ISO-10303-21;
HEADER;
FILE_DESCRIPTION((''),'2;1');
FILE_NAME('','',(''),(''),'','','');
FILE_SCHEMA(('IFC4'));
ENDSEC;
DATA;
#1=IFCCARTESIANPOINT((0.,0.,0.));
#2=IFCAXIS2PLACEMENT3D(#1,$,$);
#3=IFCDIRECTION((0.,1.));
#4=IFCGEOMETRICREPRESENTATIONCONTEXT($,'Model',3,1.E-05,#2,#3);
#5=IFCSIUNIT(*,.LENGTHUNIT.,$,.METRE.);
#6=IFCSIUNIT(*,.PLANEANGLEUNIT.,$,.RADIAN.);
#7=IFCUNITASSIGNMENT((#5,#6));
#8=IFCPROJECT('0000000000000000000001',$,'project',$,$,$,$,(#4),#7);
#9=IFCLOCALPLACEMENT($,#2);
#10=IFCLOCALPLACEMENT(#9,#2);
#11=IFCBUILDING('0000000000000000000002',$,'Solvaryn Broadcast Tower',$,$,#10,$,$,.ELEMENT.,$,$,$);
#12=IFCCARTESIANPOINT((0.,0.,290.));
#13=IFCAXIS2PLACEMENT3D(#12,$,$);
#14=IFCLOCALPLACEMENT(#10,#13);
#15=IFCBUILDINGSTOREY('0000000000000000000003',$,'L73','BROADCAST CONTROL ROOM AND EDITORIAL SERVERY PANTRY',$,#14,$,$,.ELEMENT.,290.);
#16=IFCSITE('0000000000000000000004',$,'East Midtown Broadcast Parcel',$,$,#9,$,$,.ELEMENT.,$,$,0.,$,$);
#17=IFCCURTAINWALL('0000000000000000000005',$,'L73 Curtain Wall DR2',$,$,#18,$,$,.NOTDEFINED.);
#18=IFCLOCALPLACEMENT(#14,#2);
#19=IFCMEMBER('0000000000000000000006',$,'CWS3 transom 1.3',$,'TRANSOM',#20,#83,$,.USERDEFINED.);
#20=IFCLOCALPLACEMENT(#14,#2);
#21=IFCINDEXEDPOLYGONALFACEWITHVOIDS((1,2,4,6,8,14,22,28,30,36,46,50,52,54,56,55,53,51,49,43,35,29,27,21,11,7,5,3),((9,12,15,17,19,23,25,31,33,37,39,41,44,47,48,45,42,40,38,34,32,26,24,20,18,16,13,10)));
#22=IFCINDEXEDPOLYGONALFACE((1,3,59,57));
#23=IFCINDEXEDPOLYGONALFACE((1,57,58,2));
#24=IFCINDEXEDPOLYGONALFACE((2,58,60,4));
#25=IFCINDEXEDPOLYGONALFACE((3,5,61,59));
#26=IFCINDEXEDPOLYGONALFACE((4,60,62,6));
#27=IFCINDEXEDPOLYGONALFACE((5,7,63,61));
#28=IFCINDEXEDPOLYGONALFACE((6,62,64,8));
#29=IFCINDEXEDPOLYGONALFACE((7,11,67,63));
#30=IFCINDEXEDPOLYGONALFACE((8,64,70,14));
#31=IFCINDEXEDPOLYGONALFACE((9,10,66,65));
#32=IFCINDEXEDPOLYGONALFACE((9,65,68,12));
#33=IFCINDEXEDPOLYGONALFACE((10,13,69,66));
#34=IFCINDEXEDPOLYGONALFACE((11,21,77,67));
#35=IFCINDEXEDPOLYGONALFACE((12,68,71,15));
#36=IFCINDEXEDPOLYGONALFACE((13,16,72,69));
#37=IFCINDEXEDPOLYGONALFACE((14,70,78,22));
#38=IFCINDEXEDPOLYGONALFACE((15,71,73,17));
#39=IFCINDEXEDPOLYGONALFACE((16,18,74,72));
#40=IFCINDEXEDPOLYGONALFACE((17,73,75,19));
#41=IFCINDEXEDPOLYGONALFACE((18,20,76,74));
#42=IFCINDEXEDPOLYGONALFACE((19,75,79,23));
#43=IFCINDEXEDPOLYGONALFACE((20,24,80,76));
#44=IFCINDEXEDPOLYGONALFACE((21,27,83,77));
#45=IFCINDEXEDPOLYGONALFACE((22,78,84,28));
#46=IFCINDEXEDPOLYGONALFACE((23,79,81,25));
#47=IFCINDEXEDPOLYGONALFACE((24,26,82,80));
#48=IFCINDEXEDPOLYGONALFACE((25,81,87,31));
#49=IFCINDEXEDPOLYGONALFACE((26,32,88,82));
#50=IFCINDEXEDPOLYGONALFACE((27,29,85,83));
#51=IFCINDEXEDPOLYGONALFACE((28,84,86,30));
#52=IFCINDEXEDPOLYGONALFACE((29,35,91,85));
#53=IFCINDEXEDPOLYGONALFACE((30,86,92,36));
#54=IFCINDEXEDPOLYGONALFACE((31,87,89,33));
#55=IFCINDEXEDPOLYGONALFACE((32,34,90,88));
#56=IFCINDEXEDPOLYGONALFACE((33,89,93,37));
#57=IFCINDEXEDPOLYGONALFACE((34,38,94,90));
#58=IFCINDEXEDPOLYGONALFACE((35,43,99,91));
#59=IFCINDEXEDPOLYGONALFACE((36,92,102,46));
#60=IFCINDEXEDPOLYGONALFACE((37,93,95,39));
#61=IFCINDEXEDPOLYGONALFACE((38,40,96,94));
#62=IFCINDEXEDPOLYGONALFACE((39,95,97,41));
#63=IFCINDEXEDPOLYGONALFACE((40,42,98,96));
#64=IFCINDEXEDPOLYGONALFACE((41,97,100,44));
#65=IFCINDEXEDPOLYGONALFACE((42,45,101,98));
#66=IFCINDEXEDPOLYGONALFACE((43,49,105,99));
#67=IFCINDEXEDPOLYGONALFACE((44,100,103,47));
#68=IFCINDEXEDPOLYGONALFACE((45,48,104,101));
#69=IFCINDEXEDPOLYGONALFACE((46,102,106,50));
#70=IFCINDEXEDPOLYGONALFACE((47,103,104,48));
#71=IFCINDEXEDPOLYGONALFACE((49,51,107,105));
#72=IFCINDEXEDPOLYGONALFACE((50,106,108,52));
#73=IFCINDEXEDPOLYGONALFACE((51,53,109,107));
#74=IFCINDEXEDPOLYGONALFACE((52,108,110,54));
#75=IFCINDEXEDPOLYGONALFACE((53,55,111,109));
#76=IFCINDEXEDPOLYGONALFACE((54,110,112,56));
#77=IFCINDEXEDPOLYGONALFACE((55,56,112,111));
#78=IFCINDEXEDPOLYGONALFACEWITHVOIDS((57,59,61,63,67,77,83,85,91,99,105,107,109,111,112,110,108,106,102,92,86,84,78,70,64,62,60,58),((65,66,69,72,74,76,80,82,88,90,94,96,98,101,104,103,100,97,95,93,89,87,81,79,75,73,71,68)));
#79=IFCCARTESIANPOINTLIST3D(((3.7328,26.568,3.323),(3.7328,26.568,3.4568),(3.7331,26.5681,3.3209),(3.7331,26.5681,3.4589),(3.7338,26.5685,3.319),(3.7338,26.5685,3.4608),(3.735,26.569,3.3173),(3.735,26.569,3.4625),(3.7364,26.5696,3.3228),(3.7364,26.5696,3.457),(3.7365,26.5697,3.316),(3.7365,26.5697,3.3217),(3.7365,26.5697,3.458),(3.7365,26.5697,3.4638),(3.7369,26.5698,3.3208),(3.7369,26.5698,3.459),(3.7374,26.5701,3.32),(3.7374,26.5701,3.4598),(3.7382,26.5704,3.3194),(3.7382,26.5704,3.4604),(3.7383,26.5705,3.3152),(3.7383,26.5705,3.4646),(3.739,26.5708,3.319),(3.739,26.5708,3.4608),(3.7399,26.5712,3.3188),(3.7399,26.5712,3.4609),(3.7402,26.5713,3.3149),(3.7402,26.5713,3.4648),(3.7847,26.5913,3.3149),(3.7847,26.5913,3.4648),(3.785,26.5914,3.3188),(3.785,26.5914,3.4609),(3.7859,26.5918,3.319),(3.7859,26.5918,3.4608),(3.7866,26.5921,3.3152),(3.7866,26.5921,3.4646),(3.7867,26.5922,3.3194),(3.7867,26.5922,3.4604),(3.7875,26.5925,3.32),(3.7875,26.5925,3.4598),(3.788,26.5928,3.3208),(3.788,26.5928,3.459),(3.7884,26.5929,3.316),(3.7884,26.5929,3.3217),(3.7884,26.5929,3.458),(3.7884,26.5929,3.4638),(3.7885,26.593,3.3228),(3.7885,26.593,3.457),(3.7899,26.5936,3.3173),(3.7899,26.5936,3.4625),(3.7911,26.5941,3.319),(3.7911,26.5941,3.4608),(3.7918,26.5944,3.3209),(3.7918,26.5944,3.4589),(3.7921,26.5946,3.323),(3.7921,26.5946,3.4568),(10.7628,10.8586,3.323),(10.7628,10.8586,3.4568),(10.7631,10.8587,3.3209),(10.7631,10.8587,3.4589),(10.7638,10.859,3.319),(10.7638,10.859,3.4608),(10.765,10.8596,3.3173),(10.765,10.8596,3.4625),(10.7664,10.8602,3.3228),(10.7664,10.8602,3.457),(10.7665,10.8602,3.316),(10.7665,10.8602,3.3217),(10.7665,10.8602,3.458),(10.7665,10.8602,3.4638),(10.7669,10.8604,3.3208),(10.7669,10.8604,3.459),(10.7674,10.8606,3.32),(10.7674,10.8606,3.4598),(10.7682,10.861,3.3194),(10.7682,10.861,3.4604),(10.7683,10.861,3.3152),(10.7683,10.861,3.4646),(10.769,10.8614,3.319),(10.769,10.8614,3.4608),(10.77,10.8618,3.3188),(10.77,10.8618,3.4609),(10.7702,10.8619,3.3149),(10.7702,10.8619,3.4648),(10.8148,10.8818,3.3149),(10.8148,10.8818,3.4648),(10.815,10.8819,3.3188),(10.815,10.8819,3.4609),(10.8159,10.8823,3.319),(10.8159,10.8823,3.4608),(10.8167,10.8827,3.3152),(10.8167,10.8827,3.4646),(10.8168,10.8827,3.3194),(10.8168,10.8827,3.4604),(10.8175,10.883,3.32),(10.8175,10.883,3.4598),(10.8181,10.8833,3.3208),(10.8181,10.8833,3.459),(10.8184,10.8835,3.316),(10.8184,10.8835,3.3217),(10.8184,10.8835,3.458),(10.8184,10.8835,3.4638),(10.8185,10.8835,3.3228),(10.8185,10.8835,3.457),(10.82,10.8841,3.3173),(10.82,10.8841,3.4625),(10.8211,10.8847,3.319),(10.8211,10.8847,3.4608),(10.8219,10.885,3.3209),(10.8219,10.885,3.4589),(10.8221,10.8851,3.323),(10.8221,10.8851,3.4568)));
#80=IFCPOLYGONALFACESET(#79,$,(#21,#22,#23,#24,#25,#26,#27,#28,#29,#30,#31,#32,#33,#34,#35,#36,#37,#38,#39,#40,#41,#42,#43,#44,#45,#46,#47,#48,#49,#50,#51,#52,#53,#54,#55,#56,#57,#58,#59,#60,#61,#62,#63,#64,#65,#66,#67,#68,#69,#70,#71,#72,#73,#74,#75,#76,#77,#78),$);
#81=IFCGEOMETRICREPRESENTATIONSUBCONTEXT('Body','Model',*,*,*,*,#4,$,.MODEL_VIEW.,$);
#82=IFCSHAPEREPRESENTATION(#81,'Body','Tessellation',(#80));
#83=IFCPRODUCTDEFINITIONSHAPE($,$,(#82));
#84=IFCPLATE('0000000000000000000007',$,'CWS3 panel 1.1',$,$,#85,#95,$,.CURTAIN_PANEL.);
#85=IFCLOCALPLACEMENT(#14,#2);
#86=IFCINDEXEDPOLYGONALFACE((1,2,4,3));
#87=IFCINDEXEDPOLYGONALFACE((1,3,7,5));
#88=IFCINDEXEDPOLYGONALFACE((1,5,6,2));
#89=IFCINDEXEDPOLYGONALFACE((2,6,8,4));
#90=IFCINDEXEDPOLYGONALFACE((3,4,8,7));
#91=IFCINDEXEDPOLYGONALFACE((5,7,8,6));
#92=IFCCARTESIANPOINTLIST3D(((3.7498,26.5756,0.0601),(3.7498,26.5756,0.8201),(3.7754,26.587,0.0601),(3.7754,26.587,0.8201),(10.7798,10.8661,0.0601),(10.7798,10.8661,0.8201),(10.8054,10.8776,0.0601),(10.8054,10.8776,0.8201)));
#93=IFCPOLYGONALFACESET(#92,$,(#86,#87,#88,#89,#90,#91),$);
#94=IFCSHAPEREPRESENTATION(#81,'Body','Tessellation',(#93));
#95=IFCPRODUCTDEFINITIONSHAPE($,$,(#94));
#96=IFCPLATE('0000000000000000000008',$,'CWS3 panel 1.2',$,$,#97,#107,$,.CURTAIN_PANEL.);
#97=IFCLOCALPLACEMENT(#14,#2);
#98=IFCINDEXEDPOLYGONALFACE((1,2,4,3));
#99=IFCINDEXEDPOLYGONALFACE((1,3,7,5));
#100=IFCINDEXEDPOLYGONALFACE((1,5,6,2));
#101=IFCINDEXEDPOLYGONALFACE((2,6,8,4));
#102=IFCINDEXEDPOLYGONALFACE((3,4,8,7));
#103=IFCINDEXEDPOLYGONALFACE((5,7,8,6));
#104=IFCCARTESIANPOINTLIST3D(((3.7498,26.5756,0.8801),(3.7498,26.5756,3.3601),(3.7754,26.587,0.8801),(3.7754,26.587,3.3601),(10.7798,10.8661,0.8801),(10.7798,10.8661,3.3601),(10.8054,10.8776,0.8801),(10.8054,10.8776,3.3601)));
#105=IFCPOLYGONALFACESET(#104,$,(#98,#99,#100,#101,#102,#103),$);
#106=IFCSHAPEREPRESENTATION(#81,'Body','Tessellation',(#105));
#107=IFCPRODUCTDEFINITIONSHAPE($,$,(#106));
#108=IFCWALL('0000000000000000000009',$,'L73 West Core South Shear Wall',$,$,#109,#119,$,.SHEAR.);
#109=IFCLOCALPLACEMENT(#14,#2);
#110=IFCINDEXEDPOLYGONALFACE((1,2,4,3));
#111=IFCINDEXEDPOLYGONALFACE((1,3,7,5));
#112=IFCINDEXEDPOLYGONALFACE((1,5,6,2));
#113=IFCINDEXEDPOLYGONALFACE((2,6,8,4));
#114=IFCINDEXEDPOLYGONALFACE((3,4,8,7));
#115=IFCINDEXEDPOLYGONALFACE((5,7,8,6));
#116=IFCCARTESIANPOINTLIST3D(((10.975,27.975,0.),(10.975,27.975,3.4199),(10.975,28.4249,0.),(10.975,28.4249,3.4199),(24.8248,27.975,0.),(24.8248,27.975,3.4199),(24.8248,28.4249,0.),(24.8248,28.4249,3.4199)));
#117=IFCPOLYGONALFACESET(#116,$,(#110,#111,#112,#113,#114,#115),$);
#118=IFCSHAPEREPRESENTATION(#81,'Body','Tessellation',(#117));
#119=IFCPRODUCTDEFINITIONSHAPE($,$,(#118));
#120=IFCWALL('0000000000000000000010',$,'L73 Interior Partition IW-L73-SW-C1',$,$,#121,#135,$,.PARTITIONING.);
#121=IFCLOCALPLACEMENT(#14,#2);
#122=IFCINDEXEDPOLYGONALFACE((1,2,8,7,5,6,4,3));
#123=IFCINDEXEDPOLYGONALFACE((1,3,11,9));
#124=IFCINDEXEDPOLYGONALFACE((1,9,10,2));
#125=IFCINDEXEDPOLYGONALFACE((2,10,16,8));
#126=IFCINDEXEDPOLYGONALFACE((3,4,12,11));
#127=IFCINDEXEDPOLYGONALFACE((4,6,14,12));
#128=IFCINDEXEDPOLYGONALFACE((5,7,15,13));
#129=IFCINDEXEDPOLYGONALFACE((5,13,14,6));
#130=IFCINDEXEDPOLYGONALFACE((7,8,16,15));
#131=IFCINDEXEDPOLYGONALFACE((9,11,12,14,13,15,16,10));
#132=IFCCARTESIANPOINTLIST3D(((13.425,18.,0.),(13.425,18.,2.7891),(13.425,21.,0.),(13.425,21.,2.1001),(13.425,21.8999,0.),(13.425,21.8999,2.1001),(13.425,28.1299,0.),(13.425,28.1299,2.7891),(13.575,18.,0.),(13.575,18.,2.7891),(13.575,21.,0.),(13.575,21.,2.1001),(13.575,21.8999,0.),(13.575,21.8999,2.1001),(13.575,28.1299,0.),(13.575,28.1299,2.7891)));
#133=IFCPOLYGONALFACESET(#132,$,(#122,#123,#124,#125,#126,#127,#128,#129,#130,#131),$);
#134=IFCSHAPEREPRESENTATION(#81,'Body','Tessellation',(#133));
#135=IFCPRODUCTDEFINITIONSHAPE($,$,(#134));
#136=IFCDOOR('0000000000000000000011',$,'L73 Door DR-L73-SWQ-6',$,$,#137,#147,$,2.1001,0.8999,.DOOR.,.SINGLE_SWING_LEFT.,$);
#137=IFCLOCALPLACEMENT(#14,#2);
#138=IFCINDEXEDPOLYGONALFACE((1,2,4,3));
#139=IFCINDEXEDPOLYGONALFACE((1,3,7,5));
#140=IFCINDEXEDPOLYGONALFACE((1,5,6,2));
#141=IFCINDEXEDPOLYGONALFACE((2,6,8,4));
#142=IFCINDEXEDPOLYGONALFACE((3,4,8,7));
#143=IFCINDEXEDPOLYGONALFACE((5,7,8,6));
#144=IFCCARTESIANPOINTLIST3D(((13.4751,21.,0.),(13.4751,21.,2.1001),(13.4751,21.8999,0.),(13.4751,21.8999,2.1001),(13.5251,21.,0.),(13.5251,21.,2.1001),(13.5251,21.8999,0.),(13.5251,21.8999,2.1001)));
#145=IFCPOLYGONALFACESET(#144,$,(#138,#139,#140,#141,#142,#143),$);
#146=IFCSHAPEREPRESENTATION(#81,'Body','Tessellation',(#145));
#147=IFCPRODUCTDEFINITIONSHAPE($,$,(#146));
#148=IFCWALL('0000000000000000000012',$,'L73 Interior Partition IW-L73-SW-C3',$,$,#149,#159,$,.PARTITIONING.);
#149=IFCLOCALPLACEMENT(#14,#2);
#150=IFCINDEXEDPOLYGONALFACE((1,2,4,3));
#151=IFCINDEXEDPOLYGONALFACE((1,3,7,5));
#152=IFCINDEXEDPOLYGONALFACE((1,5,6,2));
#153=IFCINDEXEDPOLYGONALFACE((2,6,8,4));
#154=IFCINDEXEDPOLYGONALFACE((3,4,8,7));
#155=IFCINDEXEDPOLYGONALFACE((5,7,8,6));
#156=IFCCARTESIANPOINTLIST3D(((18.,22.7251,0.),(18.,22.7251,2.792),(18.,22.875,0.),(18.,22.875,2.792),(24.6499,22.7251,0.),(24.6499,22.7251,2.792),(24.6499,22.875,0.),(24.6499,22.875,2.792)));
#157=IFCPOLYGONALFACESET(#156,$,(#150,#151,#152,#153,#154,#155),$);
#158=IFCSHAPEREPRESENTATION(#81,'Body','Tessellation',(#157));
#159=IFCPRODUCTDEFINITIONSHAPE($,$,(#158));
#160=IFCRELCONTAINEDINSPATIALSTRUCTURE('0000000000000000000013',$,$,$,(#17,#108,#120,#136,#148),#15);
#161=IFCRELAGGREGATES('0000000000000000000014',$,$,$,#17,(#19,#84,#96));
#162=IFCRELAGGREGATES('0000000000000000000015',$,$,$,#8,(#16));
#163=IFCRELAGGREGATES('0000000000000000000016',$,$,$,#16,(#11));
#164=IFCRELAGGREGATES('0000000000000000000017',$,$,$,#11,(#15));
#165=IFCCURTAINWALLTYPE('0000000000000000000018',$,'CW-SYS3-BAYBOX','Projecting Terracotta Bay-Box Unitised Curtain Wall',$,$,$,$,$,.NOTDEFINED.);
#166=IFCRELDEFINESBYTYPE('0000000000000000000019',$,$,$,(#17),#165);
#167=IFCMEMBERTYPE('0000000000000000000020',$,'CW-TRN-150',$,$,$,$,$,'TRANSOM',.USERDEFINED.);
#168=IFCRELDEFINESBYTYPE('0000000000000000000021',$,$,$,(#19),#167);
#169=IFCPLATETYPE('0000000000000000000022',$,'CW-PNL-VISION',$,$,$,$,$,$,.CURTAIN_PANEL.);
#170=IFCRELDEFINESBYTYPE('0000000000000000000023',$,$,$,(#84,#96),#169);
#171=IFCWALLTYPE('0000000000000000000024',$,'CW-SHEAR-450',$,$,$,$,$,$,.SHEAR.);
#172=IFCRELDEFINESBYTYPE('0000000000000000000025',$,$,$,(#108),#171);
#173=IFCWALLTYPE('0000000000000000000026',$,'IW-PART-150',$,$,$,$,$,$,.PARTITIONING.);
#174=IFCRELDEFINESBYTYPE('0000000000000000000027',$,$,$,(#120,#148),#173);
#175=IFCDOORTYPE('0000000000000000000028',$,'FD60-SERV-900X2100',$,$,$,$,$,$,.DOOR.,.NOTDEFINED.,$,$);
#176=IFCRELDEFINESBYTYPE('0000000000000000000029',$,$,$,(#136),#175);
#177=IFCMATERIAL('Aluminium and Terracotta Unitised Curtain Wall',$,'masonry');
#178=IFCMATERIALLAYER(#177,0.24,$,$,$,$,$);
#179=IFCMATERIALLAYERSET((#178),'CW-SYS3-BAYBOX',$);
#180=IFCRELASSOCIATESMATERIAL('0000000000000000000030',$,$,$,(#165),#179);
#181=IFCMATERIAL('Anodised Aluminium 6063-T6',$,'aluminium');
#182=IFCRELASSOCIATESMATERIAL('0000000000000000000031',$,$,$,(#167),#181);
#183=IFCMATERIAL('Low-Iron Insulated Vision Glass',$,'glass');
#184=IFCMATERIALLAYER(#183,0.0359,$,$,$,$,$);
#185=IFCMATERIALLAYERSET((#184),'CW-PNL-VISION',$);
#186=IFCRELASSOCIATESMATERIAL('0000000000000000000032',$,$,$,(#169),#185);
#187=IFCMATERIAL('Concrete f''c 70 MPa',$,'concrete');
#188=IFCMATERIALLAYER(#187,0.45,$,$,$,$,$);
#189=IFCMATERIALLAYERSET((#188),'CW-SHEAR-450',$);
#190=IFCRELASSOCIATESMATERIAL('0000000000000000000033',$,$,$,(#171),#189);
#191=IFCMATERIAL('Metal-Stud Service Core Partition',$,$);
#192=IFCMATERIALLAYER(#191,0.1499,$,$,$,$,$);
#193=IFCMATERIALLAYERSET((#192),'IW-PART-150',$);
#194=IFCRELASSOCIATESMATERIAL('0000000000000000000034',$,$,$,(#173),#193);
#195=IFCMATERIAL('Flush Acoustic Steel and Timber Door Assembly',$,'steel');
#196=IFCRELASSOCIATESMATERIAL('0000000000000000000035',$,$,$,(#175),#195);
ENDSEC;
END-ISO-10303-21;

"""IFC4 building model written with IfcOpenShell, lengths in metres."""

from ifc_helpers import new_model, si_unit, direction, frame, frame_2d, origin, origin_2d, place, context, subcontext, project, spatial, rectangle, hollow_rectangle, extrude, material, layer, layer_set, material_profile, profile_set, type_object, element, fill, aggregate, save


model = new_model("IFC4")

# Units and contexts
model_context = context("Model", 3, precision=1e-05, world=origin(), true_north=direction((0.0, 1.0)))
body_context = subcontext(model_context, "Body", "Model", "MODEL_VIEW")
ifc_project = project(units=[si_unit("LENGTHUNIT", "METRE"), si_unit("PLANEANGLEUNIT", "RADIAN")], contexts=[model_context])

# Site, building, storey
site_placement = place(None, origin())
site = spatial("IfcSite", under=ifc_project, at=site_placement, Name="East Midtown Broadcast Parcel", CompositionType="ELEMENT", RefElevation=0.0)
building_placement = place(site_placement, origin())
building = spatial("IfcBuilding", under=site, at=building_placement, Name="Solvaryn Broadcast Tower", CompositionType="ELEMENT")
storey_placement = place(building_placement, frame((0.0, 0.0, 290.0)))
storey = spatial("IfcBuildingStorey", under=building, at=storey_placement, Name="L73", Description="BROADCAST CONTROL ROOM AND EDITORIAL SERVERY PANTRY", CompositionType="ELEMENT", Elevation=290.0)

# Curtain wall, member, plates
ifc_material_1 = material(Name="Aluminium and Terracotta Unitised Curtain Wall", Category="masonry")
ifc_layer_1 = layer(ifc_material_1, 0.24)
ifc_layer_set_1 = layer_set([ifc_layer_1], Name="CW-SYS3-BAYBOX")
curtain_wall_type_1 = type_object("IfcCurtainWallType", Name="CW-SYS3-BAYBOX", Description="Projecting Terracotta Bay-Box Unitised Curtain Wall", PredefinedType="NOTDEFINED", material=ifc_layer_set_1)
curtain_wall_1_placement = place(storey_placement, origin())
curtain_wall_1 = element("IfcCurtainWall", 1, at=curtain_wall_1_placement, inside=storey, type_object=curtain_wall_type_1, Name="L73 Curtain Wall DR2", PredefinedType="NOTDEFINED")
ifc_material_2 = material(Name="Anodised Aluminium 6063-T6", Category="aluminium")
ifc_material_profile_1 = material_profile(ifc_material_2, hollow_rectangle(XDim=0.0649, YDim=0.1499, WallThickness=0.0039, InnerFilletRadius=0.0039, OuterFilletRadius=0.0081, at=origin_2d()))
ifc_profile_set_1 = profile_set([ifc_material_profile_1], Name="Anodised Aluminium 6063-T6")
member_type_1 = type_object("IfcMemberType", Name="CW-TRN-150", ElementType="TRANSOM", PredefinedType="USERDEFINED", material=ifc_profile_set_1)
member_1_placement = place(storey_placement, frame((3.7625, 26.5813, 3.3899), z_axis=(0.408468, -0.912773, 0.0), x_axis=(0.912773, 0.408468, 0.0)))
member_1 = element("IfcMember", 2, at=member_1_placement, type_object=member_type_1, Name="CWS3 transom 1.3", ObjectType="TRANSOM", PredefinedType="USERDEFINED", context=body_context, shape_type="SweptSolid", body=[
    extrude(hollow_rectangle(XDim=0.0649, YDim=0.1499, WallThickness=0.0039, InnerFilletRadius=0.0039, OuterFilletRadius=0.0081, at=origin_2d()), origin(), (0.0, 0.0, 1.0), 17.2107),
])
ifc_material_3 = material(Name="Low-Iron Insulated Vision Glass", Category="glass")
ifc_layer_2 = layer(ifc_material_3, 0.0359)
ifc_layer_set_2 = layer_set([ifc_layer_2], Name="CW-PNL-VISION")
plate_type = type_object("IfcPlateType", Name="CW-PNL-VISION", PredefinedType="CURTAIN_PANEL", material=ifc_layer_set_2)
plate_1_placement = place(storey_placement, frame((7.2776, 18.7266, 0.0601), z_axis=(0.0, 0.0, 1.0), x_axis=(0.408466, -0.912774, 0.0)))
plate_1 = element("IfcPlate", 3, at=plate_1_placement, type_object=plate_type, Name="CWS3 panel 1.1", PredefinedType="CURTAIN_PANEL", context=body_context, shape_type="SweptSolid", body=[
    extrude(rectangle(XDim=17.2107, YDim=0.0281, at=origin_2d()), origin(), (0.0, 0.0, 1.0), 0.76),
])
plate_2_placement = place(storey_placement, frame((7.2776, 18.7266, 0.8801), z_axis=(0.0, 0.0, 1.0), x_axis=(0.408466, -0.912774, 0.0)))
plate_2 = element("IfcPlate", 4, at=plate_2_placement, type_object=plate_type, Name="CWS3 panel 1.2", PredefinedType="CURTAIN_PANEL", context=body_context, shape_type="SweptSolid", body=[
    extrude(rectangle(XDim=17.2107, YDim=0.0281, at=origin_2d()), origin(), (0.0, 0.0, 1.0), 2.48),
])
aggregate(curtain_wall_1, [member_1, plate_1, plate_2])

# Wall
ifc_material_4 = material(Name="Concrete f'c 70 MPa", Category="concrete")
ifc_layer_3 = layer(ifc_material_4, 0.45)
ifc_layer_set_3 = layer_set([ifc_layer_3], Name="CW-SHEAR-450")
wall_type_1 = type_object("IfcWallType", Name="CW-SHEAR-450", PredefinedType="SHEAR", material=ifc_layer_set_3)
wall_1_placement = place(storey_placement, frame((10.9751, 28.2, 0.0), z_axis=(0.0, 0.0, 1.0), x_axis=(1.0, 0.0, 0.0)))
element("IfcWall", 5, at=wall_1_placement, inside=storey, type_object=wall_type_1, Name="L73 West Core South Shear Wall", PredefinedType="SHEAR", context=body_context, shape_type="SweptSolid", body=[
    extrude(rectangle(XDim=13.8499, YDim=0.45, at=frame_2d((6.9248, 0.0))), origin(), (0.0, 0.0, 1.0), 3.4199),
])

# Wall, opening, door
ifc_material_5 = material(Name="Metal-Stud Service Core Partition")
ifc_layer_4 = layer(ifc_material_5, 0.1499)
ifc_layer_set_4 = layer_set([ifc_layer_4], Name="IW-PART-150")
wall_type_2 = type_object("IfcWallType", Name="IW-PART-150", PredefinedType="PARTITIONING", material=ifc_layer_set_4)
wall_2_placement = place(storey_placement, frame((13.5, 18.0, 0.0), z_axis=(0.0, 0.0, 1.0), x_axis=(0.0, 1.0, 0.0)))
wall_2 = element("IfcWall", 6, at=wall_2_placement, inside=storey, type_object=wall_type_2, Name="L73 Interior Partition IW-L73-SW-C1", PredefinedType="PARTITIONING", context=body_context, shape_type="SweptSolid", body=[
    extrude(rectangle(XDim=10.1299, YDim=0.1499, at=frame_2d((5.0649, 0.0))), origin(), (0.0, 0.0, 1.0), 2.7891),
])
opening_1_placement = place(wall_2_placement, frame((3.0, 0.0, 0.0)))
opening_1 = element("IfcOpeningElement", 7, at=opening_1_placement, cuts=wall_2, PredefinedType="OPENING", context=body_context, shape_type="SweptSolid", body=[
    extrude(rectangle(XDim=0.8999, YDim=2.1001, at=frame_2d((0.45, 1.05))), frame((0.0, 0.085, 0.0), z_axis=(0.0, -1.0, 0.0), x_axis=(1.0, 0.0, 0.0)), (0.0, 0.0, 1.0), 0.1699),
])
ifc_material_6 = material(Name="Flush Acoustic Steel and Timber Door Assembly", Category="steel")
door_type_1 = type_object("IfcDoorType", Name="FD60-SERV-900X2100", OperationType="NOTDEFINED", PredefinedType="DOOR", material=ifc_material_6)
door_1_placement = place(opening_1_placement, origin())
door_1 = element("IfcDoor", 8, at=door_1_placement, inside=storey, type_object=door_type_1, Name="L73 Door DR-L73-SWQ-6", OperationType="SINGLE_SWING_LEFT", OverallHeight=2.1001, OverallWidth=0.8999, PredefinedType="DOOR", context=body_context, shape_type="SweptSolid", body=[
    extrude(rectangle(XDim=0.8999, YDim=2.1001, at=frame_2d((0.45, 1.05))), frame((0.0, 0.0249, 0.0), z_axis=(0.0, -1.0, 0.0), x_axis=(1.0, 0.0, 0.0)), (0.0, 0.0, 1.0), 0.05),
])
fill(opening_1, door_1)

# Wall
wall_3_placement = place(storey_placement, frame((18.0, 22.8, 0.0), z_axis=(0.0, 0.0, 1.0), x_axis=(1.0, 0.0, 0.0)))
element("IfcWall", 9, at=wall_3_placement, inside=storey, type_object=wall_type_2, Name="L73 Interior Partition IW-L73-SW-C3", PredefinedType="PARTITIONING", context=body_context, shape_type="SweptSolid", body=[
    extrude(rectangle(XDim=6.6499, YDim=0.1499, at=frame_2d((3.325, 0.0))), origin(), (0.0, 0.0, 1.0), 2.792),
])

save(model, "model.ifc")
